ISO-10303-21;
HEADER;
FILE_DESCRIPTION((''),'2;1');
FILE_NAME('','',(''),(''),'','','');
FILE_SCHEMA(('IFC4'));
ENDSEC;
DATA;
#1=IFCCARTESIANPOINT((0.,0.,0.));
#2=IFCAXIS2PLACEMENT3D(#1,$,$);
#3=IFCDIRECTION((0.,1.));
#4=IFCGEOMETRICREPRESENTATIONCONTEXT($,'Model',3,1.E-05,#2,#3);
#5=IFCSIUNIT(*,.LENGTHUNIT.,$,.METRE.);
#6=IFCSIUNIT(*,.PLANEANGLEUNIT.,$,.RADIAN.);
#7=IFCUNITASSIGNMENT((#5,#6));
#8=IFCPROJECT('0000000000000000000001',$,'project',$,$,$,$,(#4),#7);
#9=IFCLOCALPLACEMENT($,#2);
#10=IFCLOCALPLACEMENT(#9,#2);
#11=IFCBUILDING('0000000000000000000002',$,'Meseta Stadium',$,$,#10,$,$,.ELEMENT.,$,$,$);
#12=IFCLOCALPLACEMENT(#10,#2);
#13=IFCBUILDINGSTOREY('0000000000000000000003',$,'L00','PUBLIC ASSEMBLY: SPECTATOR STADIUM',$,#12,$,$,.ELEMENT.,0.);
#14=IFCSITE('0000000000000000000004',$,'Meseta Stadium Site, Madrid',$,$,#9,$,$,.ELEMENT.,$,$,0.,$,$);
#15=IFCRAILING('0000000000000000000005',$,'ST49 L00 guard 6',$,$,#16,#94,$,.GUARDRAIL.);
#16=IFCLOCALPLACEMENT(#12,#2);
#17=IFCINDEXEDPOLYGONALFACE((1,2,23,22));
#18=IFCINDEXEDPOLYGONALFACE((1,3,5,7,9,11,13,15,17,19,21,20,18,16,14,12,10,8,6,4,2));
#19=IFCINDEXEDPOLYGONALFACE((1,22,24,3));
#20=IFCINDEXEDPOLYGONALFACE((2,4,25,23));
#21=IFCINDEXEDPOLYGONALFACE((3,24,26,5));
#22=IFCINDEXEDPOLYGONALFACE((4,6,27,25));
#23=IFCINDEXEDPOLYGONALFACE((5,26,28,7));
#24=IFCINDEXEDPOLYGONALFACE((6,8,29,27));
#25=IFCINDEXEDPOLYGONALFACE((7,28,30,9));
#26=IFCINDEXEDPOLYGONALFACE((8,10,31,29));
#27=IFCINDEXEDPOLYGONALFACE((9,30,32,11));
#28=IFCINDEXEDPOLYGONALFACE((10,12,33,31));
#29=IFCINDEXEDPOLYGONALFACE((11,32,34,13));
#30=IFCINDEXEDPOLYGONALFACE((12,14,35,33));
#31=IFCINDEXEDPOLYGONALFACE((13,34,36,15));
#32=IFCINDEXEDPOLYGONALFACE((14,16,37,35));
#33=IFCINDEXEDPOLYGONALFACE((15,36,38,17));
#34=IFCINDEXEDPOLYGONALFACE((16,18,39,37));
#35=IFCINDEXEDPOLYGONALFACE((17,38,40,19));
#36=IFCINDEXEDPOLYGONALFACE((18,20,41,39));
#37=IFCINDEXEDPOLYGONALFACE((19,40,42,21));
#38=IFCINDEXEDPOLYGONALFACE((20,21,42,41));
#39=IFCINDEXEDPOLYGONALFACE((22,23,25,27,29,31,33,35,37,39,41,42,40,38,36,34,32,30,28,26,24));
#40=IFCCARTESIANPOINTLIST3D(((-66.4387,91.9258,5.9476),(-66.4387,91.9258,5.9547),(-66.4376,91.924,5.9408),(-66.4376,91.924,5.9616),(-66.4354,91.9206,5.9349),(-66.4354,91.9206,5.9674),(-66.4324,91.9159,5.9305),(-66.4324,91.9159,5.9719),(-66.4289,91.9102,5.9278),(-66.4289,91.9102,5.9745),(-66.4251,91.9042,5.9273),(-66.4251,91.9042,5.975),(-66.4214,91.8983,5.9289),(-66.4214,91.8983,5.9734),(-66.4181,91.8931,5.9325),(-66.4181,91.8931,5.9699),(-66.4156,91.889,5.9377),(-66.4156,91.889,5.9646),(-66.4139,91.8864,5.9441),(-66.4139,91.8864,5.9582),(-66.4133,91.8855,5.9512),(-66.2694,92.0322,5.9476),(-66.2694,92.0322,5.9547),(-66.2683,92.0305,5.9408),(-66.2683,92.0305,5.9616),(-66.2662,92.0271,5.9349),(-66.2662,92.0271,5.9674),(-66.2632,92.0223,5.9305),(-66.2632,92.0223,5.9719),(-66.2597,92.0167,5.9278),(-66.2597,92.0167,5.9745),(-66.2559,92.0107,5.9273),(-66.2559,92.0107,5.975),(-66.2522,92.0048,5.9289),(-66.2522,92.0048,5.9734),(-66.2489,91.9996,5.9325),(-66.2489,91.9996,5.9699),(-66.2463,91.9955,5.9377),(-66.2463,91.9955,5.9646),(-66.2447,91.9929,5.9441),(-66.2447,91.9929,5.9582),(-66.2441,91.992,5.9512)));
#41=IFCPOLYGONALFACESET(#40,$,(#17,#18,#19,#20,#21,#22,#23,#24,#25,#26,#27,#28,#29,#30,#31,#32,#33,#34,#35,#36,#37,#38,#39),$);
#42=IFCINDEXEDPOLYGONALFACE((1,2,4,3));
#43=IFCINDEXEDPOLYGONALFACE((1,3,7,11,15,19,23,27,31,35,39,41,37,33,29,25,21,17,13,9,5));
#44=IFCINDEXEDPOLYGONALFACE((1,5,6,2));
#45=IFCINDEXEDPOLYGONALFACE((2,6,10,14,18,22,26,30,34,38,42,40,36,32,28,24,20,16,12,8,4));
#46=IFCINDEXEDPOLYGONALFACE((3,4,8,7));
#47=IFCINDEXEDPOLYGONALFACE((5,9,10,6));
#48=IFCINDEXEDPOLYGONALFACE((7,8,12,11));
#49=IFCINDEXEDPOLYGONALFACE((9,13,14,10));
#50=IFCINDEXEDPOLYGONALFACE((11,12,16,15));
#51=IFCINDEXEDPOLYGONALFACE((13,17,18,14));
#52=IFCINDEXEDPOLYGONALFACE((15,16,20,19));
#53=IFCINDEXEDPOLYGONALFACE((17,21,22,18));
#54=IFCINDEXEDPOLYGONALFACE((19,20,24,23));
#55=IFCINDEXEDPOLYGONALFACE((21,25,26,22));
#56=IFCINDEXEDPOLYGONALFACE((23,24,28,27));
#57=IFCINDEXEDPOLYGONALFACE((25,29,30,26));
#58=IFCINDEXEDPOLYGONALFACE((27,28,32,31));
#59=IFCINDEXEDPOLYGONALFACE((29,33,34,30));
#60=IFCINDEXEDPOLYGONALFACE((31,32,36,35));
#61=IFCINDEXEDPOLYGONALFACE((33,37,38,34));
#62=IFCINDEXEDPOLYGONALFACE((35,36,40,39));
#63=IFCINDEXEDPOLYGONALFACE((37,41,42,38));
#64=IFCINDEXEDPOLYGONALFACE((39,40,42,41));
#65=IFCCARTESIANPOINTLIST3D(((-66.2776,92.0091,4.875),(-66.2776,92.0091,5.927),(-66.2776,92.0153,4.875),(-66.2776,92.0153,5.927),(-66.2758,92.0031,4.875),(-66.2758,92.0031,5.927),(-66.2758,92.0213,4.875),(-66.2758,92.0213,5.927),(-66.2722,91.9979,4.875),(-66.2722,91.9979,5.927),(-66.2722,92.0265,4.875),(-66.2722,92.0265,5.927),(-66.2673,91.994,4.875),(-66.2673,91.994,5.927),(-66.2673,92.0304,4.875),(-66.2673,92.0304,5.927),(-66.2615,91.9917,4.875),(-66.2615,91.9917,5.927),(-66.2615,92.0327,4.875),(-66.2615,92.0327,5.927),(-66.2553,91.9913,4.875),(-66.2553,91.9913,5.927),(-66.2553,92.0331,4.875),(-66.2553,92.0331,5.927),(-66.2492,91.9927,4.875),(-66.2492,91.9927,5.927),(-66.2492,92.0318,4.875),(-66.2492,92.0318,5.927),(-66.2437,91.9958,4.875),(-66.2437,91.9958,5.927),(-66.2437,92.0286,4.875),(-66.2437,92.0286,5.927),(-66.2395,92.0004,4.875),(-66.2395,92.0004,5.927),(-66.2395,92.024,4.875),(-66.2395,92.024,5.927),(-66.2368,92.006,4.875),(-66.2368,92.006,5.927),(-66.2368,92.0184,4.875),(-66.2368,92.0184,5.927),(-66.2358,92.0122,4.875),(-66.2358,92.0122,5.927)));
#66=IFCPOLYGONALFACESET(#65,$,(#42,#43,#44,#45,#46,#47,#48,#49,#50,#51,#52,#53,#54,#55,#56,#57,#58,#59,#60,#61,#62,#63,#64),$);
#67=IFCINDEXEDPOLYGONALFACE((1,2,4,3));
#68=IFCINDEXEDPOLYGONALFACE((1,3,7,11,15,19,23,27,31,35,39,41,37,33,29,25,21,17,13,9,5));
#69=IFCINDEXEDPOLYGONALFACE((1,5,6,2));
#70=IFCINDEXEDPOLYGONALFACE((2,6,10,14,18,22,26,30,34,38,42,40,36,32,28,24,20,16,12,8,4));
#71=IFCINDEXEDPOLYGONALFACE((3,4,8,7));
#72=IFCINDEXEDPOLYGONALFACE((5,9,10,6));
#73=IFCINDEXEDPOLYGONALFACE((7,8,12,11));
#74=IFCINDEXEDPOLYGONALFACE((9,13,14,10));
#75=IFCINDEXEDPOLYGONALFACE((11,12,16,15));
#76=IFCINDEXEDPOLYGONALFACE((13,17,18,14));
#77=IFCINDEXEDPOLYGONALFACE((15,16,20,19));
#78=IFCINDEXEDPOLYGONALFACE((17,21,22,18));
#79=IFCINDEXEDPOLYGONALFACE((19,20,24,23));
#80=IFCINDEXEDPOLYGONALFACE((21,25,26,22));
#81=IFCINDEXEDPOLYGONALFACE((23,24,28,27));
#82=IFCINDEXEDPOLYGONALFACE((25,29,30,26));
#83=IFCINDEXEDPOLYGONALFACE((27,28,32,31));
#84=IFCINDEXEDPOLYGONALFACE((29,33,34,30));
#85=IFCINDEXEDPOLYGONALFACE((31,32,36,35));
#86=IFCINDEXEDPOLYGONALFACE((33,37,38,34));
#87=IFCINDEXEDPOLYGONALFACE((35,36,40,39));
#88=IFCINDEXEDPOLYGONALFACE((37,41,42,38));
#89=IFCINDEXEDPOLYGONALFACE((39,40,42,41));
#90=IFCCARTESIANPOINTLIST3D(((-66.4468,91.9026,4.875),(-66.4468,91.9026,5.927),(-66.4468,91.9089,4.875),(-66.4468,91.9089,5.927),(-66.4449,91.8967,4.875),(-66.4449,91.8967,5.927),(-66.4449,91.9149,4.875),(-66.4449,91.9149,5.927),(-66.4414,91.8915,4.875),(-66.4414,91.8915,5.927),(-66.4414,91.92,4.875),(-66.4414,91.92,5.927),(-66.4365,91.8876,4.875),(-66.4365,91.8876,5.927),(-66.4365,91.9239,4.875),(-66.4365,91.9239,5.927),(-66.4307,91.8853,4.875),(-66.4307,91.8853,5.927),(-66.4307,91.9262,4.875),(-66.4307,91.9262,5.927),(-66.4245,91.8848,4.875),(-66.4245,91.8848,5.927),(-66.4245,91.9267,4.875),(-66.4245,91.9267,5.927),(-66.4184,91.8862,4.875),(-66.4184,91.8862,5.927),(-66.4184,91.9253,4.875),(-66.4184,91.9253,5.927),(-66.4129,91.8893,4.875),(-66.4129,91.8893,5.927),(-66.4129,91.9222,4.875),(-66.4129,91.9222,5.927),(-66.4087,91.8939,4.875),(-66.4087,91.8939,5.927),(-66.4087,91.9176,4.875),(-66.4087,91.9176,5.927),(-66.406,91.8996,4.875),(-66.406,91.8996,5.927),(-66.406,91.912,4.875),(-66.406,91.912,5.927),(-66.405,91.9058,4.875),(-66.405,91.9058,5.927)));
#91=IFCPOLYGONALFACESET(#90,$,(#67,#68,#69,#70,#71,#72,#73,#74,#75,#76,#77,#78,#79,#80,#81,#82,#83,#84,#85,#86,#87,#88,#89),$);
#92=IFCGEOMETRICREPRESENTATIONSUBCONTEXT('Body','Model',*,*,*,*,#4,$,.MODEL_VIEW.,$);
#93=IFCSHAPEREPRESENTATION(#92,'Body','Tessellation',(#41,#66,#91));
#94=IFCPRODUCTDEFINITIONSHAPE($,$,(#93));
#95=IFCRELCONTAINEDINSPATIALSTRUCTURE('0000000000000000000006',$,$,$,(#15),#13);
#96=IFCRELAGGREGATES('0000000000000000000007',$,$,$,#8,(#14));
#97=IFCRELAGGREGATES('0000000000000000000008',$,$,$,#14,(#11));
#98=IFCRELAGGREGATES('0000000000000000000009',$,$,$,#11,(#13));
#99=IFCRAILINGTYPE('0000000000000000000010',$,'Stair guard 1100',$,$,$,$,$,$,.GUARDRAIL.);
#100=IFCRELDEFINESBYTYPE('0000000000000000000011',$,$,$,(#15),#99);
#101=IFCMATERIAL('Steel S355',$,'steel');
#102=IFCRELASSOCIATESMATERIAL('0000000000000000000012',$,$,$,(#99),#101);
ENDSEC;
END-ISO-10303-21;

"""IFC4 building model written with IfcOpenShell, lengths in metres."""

from ifc_helpers import new_model, si_unit, direction, frame, origin, origin_2d, place, context, subcontext, project, spatial, circle, extrude, material, type_object, element, save


model = new_model("IFC4")

# Units and contexts
model_context = context("Model", 3, precision=1e-05, world=origin(), true_north=direction((0.0, 1.0)))
body_context = subcontext(model_context, "Body", "Model", "MODEL_VIEW")
ifc_project = project(units=[si_unit("LENGTHUNIT", "METRE"), si_unit("PLANEANGLEUNIT", "RADIAN")], contexts=[model_context])

# Site, building, storey
site_placement = place(None, origin())
site = spatial("IfcSite", under=ifc_project, at=site_placement, Name="Meseta Stadium Site, Madrid", CompositionType="ELEMENT", RefElevation=0.0)
building_placement = place(site_placement, origin())
building = spatial("IfcBuilding", under=site, at=building_placement, Name="Meseta Stadium", CompositionType="ELEMENT")
storey_placement = place(building_placement, origin())
storey = spatial("IfcBuildingStorey", under=building, at=storey_placement, Name="L00", Description="PUBLIC ASSEMBLY: SPECTATOR STADIUM", CompositionType="ELEMENT", Elevation=0.0)

# Railing
ifc_material_1 = material(Name="Steel S355", Category="steel")
railing_type_1 = type_object("IfcRailingType", Name="Stair guard 1100", PredefinedType="GUARDRAIL", material=ifc_material_1)
for number, where, name in (
    (1, (-66.2568, 92.0122, 4.875), "ST49 L00 guard 6"),
):
    element("IfcRailing", number, at=place(storey_placement, frame(where)), inside=storey, type_object=railing_type_1, Name=name, PredefinedType="GUARDRAIL", context=body_context, shape_type="SweptSolid", body=[
        extrude(circle(Radius=0.0239, at=origin_2d()), frame((0.0, 0.0, 1.0762), z_axis=(-0.846416, -0.532522, 0.0), x_axis=(0.532522, -0.846416, 0.0)), (0.0, 0.0, 1.0), 0.2),
        extrude(circle(Radius=0.021, at=origin_2d()), origin(), (0.0, 0.0, 1.0), 1.052),
        extrude(circle(Radius=0.021, at=origin_2d()), frame((-0.1692, -0.1064, 0.0)), (0.0, 0.0, 1.0), 1.052),
    ])

save(model, "model.ifc")
